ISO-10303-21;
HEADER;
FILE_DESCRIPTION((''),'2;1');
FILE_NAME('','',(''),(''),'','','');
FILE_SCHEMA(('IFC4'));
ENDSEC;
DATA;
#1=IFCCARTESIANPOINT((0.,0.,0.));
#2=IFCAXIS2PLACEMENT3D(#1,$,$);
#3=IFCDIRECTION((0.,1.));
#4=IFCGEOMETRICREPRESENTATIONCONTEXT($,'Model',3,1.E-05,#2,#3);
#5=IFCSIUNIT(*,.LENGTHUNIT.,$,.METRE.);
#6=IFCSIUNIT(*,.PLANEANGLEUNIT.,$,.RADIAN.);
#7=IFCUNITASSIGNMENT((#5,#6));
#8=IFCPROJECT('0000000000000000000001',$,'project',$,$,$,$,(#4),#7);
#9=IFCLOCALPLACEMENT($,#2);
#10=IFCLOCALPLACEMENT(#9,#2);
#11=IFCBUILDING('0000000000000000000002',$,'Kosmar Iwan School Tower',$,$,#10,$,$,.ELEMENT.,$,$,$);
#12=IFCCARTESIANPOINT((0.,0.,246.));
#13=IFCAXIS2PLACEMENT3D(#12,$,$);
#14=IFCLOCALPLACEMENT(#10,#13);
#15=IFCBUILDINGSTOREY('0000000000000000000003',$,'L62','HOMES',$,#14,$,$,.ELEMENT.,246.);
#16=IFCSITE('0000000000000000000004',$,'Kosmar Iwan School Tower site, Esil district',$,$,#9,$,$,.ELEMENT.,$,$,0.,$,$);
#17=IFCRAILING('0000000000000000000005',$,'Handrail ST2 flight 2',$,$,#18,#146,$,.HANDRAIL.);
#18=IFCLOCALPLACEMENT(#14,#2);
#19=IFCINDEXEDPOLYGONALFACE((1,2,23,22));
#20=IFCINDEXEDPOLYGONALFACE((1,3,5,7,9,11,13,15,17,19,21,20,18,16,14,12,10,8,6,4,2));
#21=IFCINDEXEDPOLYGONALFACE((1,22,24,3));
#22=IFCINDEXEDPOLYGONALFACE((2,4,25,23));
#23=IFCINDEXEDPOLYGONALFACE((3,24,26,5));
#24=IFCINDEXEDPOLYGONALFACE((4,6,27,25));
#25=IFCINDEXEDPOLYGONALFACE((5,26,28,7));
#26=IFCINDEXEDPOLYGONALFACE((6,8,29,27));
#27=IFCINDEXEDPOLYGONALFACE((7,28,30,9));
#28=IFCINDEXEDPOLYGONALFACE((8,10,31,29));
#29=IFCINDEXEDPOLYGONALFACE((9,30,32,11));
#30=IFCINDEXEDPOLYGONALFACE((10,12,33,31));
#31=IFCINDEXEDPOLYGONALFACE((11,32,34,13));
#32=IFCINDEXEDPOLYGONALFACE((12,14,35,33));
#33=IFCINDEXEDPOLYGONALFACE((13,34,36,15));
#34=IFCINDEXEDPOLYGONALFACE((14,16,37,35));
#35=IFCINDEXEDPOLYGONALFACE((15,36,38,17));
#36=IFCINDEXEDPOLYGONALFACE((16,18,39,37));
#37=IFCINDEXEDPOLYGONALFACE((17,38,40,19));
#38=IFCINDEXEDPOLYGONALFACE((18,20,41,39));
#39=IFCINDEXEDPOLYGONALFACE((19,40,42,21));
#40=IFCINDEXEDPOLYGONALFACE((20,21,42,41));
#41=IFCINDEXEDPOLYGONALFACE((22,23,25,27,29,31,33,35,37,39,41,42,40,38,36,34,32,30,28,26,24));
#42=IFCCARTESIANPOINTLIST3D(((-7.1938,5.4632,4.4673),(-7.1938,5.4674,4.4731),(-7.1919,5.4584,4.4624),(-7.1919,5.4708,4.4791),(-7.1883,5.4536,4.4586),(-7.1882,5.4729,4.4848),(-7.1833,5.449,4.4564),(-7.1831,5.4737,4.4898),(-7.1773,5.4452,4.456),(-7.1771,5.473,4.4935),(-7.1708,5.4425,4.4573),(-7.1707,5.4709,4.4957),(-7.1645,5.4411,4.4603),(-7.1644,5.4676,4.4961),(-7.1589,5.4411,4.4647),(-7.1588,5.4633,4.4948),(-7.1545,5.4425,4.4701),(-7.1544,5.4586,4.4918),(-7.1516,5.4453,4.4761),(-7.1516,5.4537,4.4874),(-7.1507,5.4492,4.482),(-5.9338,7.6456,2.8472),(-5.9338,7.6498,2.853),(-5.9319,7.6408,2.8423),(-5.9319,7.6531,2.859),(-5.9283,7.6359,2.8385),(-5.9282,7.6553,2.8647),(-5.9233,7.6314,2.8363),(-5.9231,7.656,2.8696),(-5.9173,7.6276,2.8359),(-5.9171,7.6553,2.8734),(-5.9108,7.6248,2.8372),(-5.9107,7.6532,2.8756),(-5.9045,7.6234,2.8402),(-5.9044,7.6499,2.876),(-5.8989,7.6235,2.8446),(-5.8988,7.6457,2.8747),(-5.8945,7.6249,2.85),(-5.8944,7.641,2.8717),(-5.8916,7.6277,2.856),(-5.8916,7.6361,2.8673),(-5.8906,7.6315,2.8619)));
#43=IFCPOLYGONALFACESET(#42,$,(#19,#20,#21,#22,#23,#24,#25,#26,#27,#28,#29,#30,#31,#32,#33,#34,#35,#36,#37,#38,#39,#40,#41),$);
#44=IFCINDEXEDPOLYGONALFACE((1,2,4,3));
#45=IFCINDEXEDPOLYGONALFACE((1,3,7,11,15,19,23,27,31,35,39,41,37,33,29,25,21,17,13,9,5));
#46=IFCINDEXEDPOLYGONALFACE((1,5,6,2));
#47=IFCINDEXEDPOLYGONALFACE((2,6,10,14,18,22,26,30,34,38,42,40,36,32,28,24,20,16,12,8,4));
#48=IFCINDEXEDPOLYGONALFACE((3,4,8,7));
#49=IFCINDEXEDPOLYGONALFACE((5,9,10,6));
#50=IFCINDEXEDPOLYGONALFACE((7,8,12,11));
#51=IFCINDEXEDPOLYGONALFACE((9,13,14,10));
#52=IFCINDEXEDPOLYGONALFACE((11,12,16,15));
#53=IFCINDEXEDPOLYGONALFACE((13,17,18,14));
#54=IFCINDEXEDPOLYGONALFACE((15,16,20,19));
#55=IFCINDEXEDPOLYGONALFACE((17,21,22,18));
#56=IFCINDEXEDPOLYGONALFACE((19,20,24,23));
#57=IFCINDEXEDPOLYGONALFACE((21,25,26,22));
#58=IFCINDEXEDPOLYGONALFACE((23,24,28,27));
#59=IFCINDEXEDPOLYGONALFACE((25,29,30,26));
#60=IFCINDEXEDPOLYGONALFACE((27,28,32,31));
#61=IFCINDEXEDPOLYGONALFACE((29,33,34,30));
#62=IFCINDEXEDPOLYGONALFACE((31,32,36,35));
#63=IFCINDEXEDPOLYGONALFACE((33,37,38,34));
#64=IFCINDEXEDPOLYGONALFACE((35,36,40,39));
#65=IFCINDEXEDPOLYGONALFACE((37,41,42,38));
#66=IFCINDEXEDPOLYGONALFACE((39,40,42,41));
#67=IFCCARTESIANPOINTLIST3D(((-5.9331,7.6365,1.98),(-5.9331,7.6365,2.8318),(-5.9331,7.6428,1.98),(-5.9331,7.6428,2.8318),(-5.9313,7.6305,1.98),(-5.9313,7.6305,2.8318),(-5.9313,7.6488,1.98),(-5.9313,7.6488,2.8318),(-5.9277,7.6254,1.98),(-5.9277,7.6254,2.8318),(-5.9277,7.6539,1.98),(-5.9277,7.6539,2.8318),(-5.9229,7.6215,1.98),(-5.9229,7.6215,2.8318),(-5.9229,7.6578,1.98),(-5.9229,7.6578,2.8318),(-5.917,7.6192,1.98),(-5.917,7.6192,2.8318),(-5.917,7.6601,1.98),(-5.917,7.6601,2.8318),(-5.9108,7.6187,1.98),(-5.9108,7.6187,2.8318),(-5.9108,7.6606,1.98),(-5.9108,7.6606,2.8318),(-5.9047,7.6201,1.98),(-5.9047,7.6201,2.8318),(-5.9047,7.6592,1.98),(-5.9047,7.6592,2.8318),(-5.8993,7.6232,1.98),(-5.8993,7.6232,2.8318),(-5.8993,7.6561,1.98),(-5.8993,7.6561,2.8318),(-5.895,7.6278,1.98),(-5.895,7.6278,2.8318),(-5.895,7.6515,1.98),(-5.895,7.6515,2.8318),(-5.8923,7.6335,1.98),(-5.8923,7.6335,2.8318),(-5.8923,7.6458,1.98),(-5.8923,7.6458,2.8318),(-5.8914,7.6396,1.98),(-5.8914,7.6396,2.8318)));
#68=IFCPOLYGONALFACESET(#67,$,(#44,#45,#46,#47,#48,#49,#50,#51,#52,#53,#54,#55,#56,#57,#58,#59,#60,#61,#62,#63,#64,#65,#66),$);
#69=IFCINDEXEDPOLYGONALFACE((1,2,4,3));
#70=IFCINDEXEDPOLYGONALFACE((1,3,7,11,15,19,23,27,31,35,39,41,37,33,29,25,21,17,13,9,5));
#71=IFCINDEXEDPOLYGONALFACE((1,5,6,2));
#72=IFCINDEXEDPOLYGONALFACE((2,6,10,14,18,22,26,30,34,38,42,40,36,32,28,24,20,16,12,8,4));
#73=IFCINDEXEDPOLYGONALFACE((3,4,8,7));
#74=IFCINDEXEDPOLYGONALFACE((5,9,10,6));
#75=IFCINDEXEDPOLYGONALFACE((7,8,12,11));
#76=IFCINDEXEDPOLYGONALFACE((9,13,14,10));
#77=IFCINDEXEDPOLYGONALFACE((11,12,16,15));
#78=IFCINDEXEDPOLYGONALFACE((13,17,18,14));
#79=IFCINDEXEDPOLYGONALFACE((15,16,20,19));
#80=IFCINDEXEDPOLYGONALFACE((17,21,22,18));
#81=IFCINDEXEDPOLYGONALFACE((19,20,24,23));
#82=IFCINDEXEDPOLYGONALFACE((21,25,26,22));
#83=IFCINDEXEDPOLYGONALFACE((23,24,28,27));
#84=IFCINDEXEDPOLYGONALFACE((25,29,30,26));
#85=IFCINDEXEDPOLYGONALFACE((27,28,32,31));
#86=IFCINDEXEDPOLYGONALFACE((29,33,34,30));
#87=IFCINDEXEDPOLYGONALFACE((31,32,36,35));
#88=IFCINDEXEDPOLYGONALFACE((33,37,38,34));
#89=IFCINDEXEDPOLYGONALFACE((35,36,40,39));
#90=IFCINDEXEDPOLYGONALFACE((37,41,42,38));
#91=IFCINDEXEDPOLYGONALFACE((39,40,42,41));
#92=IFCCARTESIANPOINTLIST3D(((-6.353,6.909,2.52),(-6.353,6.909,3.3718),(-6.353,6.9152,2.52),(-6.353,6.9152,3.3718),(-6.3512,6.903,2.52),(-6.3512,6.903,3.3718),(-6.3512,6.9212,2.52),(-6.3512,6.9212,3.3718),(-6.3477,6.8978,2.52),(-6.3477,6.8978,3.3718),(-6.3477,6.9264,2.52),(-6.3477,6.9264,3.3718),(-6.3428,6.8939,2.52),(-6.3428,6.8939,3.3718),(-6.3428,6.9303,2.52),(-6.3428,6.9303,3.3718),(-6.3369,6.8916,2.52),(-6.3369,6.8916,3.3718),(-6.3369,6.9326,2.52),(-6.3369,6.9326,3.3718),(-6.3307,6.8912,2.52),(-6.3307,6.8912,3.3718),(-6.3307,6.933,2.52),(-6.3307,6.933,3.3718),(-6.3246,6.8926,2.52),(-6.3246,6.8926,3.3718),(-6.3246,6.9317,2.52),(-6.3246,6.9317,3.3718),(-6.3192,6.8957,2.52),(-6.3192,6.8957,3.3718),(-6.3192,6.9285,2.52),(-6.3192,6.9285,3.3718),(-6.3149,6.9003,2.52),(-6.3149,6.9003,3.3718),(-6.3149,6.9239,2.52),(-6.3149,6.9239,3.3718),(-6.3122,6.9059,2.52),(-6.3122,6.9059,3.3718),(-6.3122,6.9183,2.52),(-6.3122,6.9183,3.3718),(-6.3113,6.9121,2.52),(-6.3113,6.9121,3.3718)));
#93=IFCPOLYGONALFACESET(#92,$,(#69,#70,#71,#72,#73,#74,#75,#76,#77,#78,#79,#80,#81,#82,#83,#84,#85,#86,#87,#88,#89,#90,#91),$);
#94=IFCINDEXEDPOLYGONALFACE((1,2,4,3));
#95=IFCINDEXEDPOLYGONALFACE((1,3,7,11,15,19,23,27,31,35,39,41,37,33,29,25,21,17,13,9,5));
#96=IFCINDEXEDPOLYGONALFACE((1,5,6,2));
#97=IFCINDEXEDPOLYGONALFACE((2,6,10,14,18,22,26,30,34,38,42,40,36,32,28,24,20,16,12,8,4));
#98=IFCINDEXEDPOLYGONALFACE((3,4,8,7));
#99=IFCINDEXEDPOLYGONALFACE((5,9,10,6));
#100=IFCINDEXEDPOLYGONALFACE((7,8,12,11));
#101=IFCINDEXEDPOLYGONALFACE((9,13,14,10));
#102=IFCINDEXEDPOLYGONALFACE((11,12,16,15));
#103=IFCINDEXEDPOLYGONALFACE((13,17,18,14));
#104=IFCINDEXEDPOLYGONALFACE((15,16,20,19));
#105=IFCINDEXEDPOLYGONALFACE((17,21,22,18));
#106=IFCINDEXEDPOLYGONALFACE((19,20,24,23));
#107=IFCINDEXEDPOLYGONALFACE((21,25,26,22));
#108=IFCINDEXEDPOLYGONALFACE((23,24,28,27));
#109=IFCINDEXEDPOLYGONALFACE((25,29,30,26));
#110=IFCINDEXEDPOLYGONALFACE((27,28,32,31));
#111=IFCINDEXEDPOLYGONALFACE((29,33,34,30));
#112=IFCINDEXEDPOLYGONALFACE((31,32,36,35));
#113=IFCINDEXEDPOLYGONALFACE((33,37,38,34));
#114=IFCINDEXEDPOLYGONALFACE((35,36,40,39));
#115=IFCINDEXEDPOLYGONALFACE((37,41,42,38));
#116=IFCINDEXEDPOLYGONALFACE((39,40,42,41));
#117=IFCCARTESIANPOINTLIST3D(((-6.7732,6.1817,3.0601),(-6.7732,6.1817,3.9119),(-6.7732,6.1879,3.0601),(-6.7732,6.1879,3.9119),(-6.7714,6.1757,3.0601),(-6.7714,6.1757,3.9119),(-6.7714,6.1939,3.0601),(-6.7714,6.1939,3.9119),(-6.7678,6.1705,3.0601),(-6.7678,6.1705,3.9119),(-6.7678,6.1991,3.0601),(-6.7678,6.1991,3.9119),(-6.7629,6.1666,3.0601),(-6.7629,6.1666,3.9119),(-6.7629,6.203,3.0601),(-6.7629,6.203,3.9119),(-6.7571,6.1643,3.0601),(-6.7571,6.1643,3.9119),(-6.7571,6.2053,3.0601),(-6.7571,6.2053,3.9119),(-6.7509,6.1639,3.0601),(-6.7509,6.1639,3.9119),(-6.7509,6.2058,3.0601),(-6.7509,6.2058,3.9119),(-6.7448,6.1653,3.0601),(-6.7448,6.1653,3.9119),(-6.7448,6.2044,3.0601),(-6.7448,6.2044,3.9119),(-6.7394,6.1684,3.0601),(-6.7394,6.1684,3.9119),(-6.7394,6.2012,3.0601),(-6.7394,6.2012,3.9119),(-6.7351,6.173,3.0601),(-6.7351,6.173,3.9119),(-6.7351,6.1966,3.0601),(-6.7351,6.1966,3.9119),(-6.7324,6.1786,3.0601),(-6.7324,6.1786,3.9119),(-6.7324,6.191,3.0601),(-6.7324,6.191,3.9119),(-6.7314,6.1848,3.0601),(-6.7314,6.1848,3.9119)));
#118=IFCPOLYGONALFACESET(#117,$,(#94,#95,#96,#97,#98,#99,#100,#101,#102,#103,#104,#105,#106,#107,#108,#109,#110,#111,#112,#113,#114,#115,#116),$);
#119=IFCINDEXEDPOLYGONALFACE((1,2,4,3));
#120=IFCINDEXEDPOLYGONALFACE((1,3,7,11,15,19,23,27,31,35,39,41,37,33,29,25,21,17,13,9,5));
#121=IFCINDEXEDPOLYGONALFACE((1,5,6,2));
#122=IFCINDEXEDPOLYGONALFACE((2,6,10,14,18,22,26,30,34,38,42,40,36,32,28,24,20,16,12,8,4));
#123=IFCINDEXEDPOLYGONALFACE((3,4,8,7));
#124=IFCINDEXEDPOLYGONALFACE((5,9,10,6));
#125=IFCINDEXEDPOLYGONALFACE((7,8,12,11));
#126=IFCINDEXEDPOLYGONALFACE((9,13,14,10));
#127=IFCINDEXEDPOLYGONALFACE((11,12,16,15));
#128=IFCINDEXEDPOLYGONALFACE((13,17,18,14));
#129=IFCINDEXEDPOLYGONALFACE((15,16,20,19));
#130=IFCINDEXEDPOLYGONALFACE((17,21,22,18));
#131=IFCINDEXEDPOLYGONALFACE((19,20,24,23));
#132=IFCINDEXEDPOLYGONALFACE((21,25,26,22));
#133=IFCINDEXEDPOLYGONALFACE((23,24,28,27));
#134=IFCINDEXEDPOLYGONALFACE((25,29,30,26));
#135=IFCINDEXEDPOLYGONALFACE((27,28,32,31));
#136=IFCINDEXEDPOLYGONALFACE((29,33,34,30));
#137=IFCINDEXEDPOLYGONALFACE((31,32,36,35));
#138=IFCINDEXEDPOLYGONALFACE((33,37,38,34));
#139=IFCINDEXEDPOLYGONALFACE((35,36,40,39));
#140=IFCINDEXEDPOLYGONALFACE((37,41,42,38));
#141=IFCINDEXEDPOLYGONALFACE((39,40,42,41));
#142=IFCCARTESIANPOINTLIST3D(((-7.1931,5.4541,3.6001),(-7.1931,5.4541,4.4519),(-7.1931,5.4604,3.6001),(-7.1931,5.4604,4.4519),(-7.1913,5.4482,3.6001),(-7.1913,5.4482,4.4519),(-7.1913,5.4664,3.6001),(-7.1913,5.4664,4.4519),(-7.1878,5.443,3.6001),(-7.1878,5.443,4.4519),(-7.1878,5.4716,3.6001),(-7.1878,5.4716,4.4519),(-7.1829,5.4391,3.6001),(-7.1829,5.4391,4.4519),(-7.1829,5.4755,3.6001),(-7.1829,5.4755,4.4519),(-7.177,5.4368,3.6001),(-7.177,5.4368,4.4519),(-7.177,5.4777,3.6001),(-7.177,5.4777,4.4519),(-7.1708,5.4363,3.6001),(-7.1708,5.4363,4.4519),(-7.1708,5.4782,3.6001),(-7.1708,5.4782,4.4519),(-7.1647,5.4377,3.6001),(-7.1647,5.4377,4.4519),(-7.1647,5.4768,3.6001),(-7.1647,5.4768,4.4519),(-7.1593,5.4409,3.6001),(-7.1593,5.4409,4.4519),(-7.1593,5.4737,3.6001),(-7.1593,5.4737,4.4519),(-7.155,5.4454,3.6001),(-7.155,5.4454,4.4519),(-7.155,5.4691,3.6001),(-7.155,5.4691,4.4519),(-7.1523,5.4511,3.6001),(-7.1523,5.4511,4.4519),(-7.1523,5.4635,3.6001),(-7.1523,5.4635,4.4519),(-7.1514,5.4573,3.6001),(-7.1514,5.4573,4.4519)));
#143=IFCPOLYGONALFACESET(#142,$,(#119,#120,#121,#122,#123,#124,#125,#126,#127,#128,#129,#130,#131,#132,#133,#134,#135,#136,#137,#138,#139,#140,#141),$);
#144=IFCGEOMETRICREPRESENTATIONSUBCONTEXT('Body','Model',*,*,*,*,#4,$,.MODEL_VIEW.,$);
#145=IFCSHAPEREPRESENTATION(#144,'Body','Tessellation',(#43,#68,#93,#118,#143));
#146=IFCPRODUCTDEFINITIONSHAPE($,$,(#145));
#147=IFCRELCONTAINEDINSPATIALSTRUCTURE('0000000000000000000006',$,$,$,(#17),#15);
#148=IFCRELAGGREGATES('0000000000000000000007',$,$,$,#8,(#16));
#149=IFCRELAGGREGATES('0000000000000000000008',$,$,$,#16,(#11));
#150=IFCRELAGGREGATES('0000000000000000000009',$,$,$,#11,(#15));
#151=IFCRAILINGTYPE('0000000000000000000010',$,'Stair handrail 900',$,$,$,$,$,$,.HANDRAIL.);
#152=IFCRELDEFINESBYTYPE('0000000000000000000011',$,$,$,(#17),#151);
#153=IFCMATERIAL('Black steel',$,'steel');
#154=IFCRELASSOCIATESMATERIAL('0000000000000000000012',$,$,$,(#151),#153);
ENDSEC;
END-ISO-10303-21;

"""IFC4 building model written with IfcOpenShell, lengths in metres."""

from ifc_helpers import new_model, si_unit, direction, frame, origin, origin_2d, place, context, subcontext, project, spatial, circle, extrude, material, type_object, element, save


model = new_model("IFC4")

# Units and contexts
model_context = context("Model", 3, precision=1e-05, world=origin(), true_north=direction((0.0, 1.0)))
body_context = subcontext(model_context, "Body", "Model", "MODEL_VIEW")
ifc_project = project(units=[si_unit("LENGTHUNIT", "METRE"), si_unit("PLANEANGLEUNIT", "RADIAN")], contexts=[model_context])

# Site, building, storey
site_placement = place(None, origin())
site = spatial("IfcSite", under=ifc_project, at=site_placement, Name="Kosmar Iwan School Tower site, Esil district", CompositionType="ELEMENT", RefElevation=0.0)
building_placement = place(site_placement, origin())
building = spatial("IfcBuilding", under=site, at=building_placement, Name="Kosmar Iwan School Tower", CompositionType="ELEMENT")
storey_placement = place(building_placement, frame((0.0, 0.0, 246.0)))
storey = spatial("IfcBuildingStorey", under=building, at=storey_placement, Name="L62", Description="HOMES", CompositionType="ELEMENT", Elevation=246.0)

# Railing
ifc_material_1 = material(Name="Black steel", Category="steel")
railing_type = type_object("IfcRailingType", Name="Stair handrail 900", PredefinedType="HANDRAIL", material=ifc_material_1)
railing_placement = place(storey_placement, frame((-5.9124, 7.6396, 1.98)))
element("IfcRailing", 1, at=railing_placement, inside=storey, type_object=railing_type, Name="Handrail ST2 flight 2", PredefinedType="HANDRAIL", context=body_context, shape_type="SweptSolid", body=[
    extrude(circle(Radius=0.0239, at=origin_2d()), frame((0.0, 0.0, 0.876), z_axis=(-0.420584, -0.728464, 0.540786), x_axis=(0.866023, -0.500005, 0.0)), (0.0, 0.0, 1.0), 2.9958),
    extrude(circle(Radius=0.021, at=origin_2d()), origin(), (0.0, 0.0, 1.0), 0.8518),
    extrude(circle(Radius=0.021, at=origin_2d()), frame((-0.4199, -0.7275, 0.54)), (0.0, 0.0, 1.0), 0.8518),
    extrude(circle(Radius=0.021, at=origin_2d()), frame((-0.8401, -1.4548, 1.0801)), (0.0, 0.0, 1.0), 0.8518),
    extrude(circle(Radius=0.021, at=origin_2d()), frame((-1.26, -2.1824, 1.6201)), (0.0, 0.0, 1.0), 0.8518),
])

save(model, "model.ifc")
